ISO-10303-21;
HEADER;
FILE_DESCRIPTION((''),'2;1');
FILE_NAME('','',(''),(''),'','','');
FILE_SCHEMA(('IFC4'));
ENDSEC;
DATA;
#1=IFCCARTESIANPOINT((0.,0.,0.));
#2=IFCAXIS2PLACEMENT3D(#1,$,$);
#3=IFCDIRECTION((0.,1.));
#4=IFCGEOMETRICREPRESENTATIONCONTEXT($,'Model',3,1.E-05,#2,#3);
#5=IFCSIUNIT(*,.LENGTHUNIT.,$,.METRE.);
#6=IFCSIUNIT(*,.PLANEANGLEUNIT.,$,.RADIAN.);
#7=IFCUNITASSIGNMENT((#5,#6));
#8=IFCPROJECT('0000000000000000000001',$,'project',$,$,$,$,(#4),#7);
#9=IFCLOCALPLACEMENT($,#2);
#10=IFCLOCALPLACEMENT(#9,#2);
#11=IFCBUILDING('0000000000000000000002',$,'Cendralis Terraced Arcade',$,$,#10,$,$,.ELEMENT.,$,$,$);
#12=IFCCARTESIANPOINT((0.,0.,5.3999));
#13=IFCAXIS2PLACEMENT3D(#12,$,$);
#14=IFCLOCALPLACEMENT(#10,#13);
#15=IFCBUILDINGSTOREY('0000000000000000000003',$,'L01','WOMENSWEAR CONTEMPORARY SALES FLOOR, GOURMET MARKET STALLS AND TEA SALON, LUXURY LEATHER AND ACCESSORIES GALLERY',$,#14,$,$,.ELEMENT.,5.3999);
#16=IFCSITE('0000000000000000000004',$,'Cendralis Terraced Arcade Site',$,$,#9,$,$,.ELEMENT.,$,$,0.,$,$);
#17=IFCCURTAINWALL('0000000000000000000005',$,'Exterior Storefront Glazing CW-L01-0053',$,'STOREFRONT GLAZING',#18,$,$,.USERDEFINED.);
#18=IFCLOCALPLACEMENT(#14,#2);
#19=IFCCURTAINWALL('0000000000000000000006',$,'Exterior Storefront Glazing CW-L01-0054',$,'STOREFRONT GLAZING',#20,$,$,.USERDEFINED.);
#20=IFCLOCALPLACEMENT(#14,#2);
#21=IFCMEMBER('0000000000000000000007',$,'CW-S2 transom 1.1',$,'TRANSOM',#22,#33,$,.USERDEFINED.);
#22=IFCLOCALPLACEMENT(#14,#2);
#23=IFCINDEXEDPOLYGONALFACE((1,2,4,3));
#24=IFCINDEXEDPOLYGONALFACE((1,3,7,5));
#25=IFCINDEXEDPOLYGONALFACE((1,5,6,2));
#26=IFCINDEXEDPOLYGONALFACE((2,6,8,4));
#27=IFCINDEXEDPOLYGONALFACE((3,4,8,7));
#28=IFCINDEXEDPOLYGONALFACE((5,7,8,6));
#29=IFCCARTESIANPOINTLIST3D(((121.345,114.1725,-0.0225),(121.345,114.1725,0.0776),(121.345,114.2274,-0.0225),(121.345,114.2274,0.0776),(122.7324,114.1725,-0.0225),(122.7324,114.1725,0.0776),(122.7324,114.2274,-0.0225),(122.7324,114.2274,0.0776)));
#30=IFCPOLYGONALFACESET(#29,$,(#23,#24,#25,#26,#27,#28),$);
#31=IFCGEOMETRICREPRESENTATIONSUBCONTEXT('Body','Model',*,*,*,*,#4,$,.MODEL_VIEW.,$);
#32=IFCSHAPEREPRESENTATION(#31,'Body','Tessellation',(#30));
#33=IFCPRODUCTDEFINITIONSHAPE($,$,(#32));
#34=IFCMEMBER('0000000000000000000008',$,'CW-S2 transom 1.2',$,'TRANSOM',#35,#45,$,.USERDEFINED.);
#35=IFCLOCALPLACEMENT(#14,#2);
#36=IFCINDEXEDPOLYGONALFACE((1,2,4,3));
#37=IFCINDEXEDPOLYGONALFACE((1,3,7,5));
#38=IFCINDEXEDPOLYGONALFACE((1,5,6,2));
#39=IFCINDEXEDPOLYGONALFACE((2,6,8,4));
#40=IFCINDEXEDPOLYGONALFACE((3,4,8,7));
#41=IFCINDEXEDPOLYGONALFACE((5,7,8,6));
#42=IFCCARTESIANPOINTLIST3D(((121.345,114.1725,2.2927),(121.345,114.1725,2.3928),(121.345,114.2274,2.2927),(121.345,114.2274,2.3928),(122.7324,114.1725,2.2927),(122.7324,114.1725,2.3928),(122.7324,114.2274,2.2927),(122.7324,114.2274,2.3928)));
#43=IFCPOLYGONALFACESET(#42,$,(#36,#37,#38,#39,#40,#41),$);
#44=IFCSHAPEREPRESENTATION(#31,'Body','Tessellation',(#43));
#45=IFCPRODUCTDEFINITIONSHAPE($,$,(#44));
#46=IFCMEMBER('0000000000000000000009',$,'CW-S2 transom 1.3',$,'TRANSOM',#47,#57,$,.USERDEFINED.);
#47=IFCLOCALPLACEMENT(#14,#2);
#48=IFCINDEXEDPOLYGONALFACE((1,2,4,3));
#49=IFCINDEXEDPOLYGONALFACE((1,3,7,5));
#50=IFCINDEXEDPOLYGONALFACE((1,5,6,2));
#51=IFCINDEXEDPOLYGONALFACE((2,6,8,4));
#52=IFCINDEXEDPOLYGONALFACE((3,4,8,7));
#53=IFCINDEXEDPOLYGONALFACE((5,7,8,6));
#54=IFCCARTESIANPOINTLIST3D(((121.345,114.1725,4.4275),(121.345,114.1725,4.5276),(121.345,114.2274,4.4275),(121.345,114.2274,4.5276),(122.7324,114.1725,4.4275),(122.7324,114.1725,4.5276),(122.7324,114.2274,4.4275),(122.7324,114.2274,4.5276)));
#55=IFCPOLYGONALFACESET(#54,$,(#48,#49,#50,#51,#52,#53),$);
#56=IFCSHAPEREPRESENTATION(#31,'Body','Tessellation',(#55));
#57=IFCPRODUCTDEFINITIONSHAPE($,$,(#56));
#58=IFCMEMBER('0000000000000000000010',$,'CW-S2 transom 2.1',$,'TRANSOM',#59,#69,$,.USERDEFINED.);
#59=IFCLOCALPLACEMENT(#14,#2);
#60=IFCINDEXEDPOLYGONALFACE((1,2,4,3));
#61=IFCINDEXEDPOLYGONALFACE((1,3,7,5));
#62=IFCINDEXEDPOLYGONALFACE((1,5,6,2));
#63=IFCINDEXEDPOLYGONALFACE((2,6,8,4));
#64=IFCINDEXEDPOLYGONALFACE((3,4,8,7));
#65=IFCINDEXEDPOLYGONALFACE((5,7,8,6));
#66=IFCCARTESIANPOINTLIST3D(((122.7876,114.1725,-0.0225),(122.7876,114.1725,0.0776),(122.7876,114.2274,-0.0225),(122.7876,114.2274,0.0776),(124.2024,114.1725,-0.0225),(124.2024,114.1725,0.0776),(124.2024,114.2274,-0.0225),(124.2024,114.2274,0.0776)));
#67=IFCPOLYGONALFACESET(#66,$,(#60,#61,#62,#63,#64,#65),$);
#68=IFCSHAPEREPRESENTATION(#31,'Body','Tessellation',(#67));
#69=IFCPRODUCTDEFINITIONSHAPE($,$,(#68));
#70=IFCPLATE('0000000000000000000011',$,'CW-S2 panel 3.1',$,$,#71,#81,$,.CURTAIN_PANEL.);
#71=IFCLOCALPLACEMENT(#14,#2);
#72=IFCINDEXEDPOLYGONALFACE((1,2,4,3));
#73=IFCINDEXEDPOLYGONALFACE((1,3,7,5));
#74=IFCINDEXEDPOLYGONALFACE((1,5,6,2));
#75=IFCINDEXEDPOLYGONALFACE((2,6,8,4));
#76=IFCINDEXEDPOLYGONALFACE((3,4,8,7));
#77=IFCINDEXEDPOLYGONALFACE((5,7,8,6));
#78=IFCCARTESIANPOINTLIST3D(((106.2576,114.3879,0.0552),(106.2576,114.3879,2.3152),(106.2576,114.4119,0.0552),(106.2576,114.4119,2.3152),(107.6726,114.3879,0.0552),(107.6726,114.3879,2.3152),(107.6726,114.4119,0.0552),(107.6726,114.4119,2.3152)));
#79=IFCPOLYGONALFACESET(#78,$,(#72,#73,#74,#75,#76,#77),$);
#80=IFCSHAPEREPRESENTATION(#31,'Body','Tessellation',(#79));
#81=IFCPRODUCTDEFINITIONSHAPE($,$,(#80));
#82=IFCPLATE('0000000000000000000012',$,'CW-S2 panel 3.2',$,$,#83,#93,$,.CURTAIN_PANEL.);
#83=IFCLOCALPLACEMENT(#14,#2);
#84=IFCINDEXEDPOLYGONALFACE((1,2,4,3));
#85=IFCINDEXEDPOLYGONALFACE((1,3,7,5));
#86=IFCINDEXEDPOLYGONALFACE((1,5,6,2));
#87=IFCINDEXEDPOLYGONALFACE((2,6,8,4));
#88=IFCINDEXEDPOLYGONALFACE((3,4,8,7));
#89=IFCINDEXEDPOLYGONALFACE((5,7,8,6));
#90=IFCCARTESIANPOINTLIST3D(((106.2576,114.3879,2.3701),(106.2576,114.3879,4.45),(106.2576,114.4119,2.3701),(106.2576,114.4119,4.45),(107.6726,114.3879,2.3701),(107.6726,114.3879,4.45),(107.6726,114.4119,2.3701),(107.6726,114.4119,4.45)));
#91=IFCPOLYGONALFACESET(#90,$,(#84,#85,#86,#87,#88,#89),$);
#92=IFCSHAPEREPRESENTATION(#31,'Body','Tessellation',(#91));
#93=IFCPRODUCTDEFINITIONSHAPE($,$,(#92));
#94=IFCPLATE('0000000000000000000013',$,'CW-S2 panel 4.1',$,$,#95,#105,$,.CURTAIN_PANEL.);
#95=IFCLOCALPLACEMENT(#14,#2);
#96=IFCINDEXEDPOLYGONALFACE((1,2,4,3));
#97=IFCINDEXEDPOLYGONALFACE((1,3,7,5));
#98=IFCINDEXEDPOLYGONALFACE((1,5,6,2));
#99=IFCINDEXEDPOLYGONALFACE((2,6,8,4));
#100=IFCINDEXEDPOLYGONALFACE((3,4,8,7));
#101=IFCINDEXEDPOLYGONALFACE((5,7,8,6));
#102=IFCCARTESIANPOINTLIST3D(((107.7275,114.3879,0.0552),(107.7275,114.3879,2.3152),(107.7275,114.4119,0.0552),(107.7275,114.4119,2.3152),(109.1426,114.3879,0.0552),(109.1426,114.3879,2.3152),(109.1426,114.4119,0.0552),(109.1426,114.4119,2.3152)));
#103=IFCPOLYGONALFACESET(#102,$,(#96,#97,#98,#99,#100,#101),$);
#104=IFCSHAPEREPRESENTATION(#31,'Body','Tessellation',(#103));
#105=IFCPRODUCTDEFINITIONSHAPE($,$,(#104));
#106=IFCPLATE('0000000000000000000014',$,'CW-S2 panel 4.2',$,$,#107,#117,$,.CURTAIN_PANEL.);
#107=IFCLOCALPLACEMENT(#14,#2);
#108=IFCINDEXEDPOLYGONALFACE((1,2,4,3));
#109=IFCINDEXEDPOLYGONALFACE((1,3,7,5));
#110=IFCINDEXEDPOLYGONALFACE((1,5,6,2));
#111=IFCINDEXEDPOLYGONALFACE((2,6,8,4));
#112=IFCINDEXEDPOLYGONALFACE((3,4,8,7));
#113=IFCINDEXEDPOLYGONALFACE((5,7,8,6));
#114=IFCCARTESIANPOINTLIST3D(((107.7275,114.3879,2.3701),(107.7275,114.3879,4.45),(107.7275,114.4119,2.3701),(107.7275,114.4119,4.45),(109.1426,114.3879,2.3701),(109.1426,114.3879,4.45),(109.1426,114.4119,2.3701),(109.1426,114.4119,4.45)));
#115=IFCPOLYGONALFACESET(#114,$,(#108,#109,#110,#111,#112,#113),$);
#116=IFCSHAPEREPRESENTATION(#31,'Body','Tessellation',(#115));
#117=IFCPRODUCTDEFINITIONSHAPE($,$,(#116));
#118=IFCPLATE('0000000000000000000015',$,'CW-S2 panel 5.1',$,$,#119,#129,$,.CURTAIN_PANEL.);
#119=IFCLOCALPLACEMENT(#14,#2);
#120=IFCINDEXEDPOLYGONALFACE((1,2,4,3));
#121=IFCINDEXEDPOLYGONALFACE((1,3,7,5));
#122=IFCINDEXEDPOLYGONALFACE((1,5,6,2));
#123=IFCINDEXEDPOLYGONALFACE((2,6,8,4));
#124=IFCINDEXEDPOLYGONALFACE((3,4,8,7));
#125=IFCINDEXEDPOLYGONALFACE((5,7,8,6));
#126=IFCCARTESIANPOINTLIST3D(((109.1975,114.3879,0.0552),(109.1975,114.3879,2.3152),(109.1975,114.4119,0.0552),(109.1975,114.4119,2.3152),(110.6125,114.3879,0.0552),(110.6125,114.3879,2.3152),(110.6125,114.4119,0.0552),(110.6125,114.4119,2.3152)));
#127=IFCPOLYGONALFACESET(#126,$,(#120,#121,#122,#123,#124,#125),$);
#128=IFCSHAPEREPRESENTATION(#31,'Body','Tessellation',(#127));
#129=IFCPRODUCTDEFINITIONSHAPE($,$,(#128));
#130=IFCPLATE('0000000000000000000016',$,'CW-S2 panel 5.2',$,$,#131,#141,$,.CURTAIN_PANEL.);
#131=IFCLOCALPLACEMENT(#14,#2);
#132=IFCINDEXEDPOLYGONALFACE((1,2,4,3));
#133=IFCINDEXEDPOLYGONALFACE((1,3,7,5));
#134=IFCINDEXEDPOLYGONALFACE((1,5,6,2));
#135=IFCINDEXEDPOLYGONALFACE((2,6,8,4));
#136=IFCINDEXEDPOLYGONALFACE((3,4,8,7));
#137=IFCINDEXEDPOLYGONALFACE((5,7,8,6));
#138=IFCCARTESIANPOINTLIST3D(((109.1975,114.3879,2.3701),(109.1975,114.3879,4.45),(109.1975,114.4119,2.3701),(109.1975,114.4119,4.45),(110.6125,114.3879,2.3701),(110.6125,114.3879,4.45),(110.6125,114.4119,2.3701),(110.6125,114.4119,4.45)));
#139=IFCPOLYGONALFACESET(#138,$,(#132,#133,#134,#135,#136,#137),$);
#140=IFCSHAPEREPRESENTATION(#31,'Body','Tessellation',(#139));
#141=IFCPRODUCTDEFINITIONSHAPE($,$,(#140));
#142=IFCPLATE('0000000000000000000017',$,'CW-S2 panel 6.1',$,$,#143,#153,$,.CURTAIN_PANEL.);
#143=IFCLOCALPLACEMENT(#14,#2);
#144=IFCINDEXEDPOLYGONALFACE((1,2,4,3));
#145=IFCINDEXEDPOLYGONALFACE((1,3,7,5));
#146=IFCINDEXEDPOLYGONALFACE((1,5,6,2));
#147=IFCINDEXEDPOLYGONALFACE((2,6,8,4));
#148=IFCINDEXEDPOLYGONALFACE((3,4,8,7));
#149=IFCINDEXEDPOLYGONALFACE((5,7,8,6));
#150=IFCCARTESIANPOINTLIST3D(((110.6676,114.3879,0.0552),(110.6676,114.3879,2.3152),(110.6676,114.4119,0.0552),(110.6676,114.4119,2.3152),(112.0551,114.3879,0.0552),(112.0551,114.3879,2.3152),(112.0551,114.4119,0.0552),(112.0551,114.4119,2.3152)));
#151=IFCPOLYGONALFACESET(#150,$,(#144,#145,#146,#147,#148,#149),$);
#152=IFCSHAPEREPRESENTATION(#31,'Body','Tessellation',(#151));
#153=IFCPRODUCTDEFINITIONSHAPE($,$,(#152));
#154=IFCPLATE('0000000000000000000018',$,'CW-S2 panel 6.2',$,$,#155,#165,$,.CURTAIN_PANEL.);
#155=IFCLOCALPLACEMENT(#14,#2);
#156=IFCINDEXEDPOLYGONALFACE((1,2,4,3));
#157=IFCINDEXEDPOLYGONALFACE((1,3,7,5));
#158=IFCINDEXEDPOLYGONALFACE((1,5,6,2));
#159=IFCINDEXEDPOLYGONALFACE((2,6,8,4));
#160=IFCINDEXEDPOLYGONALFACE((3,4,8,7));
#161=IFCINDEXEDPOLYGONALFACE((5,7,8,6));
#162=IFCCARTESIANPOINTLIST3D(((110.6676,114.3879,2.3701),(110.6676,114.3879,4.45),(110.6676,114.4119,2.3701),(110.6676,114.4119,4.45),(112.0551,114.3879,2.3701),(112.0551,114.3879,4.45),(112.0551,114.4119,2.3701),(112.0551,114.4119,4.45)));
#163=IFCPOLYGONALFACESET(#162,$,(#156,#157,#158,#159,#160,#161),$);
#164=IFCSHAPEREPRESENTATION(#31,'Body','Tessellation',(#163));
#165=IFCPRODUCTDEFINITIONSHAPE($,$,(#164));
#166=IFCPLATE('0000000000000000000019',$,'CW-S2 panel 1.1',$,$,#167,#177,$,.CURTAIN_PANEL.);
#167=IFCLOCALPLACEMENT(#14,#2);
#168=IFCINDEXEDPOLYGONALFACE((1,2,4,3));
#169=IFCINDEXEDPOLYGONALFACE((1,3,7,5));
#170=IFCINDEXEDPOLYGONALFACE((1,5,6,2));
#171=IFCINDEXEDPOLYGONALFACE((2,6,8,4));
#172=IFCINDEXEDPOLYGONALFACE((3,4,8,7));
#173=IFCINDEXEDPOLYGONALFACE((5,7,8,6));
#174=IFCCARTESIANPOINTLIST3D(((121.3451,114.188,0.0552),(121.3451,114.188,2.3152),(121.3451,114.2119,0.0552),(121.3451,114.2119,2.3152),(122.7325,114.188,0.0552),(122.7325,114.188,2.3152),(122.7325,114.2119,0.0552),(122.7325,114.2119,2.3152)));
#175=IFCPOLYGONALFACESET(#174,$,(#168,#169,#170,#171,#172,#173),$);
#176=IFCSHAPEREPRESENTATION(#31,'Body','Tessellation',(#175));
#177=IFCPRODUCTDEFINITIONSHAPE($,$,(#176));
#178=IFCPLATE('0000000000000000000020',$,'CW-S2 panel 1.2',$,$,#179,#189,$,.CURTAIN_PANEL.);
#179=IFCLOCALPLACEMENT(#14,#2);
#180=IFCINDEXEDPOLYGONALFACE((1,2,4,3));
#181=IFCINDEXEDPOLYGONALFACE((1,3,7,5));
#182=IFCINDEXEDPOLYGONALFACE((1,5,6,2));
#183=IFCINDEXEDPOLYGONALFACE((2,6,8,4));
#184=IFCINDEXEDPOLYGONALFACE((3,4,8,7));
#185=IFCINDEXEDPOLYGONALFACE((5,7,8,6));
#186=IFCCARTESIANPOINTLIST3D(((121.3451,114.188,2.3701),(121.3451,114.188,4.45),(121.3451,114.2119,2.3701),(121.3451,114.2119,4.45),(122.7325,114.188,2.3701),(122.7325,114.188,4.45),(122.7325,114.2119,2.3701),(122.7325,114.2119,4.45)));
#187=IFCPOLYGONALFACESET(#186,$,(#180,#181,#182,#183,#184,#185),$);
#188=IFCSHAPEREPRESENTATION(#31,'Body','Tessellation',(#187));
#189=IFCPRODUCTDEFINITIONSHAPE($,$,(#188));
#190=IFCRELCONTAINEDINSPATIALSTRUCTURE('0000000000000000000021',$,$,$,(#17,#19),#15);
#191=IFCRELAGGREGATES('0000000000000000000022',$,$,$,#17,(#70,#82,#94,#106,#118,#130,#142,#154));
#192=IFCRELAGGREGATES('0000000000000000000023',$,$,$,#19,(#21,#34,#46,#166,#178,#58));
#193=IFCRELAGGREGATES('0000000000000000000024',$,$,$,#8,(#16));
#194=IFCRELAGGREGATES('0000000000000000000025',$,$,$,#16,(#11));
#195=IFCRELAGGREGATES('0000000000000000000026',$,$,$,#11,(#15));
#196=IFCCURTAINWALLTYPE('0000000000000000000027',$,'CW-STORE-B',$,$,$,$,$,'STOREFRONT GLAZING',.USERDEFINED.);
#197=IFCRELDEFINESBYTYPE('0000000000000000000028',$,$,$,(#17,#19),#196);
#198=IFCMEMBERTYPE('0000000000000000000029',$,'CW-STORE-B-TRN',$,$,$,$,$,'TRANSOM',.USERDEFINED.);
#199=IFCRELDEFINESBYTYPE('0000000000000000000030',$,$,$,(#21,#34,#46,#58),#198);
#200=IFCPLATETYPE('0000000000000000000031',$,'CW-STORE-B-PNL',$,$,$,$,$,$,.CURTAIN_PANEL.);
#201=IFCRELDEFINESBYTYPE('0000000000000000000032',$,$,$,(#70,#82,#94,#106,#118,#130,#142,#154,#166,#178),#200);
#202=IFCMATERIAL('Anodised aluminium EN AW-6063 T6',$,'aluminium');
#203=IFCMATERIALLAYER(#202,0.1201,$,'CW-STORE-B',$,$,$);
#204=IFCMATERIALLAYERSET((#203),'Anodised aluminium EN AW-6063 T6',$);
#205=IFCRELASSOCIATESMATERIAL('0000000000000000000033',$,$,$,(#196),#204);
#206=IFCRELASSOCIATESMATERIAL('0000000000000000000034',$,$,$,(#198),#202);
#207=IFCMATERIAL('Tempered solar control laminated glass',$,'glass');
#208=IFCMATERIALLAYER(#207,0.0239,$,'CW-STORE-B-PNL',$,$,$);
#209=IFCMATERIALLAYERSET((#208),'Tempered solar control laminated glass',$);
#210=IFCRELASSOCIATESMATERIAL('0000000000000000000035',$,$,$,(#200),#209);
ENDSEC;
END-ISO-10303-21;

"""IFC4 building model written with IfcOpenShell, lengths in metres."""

from ifc_helpers import new_model, si_unit, direction, frame, origin, origin_2d, place, context, subcontext, project, spatial, rectangle, extrude, material, layer, layer_set, material_profile, profile_set, type_object, element, aggregate, save


model = new_model("IFC4")

# Units and contexts
model_context = context("Model", 3, precision=1e-05, world=origin(), true_north=direction((0.0, 1.0)))
body_context = subcontext(model_context, "Body", "Model", "MODEL_VIEW")
ifc_project = project(units=[si_unit("LENGTHUNIT", "METRE"), si_unit("PLANEANGLEUNIT", "RADIAN")], contexts=[model_context])

# Site, building, storey
site_placement = place(None, origin())
site = spatial("IfcSite", under=ifc_project, at=site_placement, Name="Cendralis Terraced Arcade Site", CompositionType="ELEMENT", RefElevation=0.0)
building_placement = place(site_placement, origin())
building = spatial("IfcBuilding", under=site, at=building_placement, Name="Cendralis Terraced Arcade", CompositionType="ELEMENT")
storey_placement = place(building_placement, frame((0.0, 0.0, 5.3999)))
storey = spatial("IfcBuildingStorey", under=building, at=storey_placement, Name="L01", Description="WOMENSWEAR CONTEMPORARY SALES FLOOR, GOURMET MARKET STALLS AND TEA SALON, LUXURY LEATHER AND ACCESSORIES GALLERY", CompositionType="ELEMENT", Elevation=5.3999)

# Curtain walls
ifc_material_1 = material(Name="Anodised aluminium EN AW-6063 T6", Category="aluminium")
ifc_layer_1 = layer(ifc_material_1, 0.1201, Name="CW-STORE-B")
ifc_layer_set_1 = layer_set([ifc_layer_1], Name="Anodised aluminium EN AW-6063 T6")
curtain_wall_type = type_object("IfcCurtainWallType", Name="CW-STORE-B", ElementType="STOREFRONT GLAZING", PredefinedType="USERDEFINED", material=ifc_layer_set_1)
curtain_wall_1_placement = place(storey_placement, origin())
curtain_wall_1 = element("IfcCurtainWall", 1, at=curtain_wall_1_placement, inside=storey, type_object=curtain_wall_type, Name="Exterior Storefront Glazing CW-L01-0053", ObjectType="STOREFRONT GLAZING", PredefinedType="USERDEFINED")
curtain_wall_2_placement = place(storey_placement, origin())
curtain_wall_2 = element("IfcCurtainWall", 2, at=curtain_wall_2_placement, inside=storey, type_object=curtain_wall_type, Name="Exterior Storefront Glazing CW-L01-0054", ObjectType="STOREFRONT GLAZING", PredefinedType="USERDEFINED")

# Members
ifc_material_profile_1 = material_profile(ifc_material_1, rectangle(XDim=0.0549, YDim=0.1001, at=origin_2d()), Name="ALU-TRN-55x100")
ifc_profile_set_1 = profile_set([ifc_material_profile_1], Name="Anodised aluminium EN AW-6063 T6")
member_type_1 = type_object("IfcMemberType", Name="CW-STORE-B-TRN", ElementType="TRANSOM", PredefinedType="USERDEFINED", material=ifc_profile_set_1)
member_1_placement = place(storey_placement, frame((121.345, 114.2, 0.0276), z_axis=(1.0, 0.0, 0.0), x_axis=(0.0, 1.0, 0.0)))
member_1 = element("IfcMember", 3, at=member_1_placement, type_object=member_type_1, Name="CW-S2 transom 1.1", ObjectType="TRANSOM", PredefinedType="USERDEFINED", context=body_context, shape_type="SweptSolid", body=[
    extrude(rectangle(XDim=0.0549, YDim=0.1001, at=origin_2d()), origin(), (0.0, 0.0, 1.0), 1.3875),
])
member_2_placement = place(storey_placement, frame((121.345, 114.2, 2.3428), z_axis=(1.0, 0.0, 0.0), x_axis=(0.0, 1.0, 0.0)))
member_2 = element("IfcMember", 4, at=member_2_placement, type_object=member_type_1, Name="CW-S2 transom 1.2", ObjectType="TRANSOM", PredefinedType="USERDEFINED", context=body_context, shape_type="SweptSolid", body=[
    extrude(rectangle(XDim=0.0549, YDim=0.1001, at=origin_2d()), origin(), (0.0, 0.0, 1.0), 1.3875),
])
member_3_placement = place(storey_placement, frame((121.345, 114.2, 4.4775), z_axis=(1.0, 0.0, 0.0), x_axis=(0.0, 1.0, 0.0)))
member_3 = element("IfcMember", 5, at=member_3_placement, type_object=member_type_1, Name="CW-S2 transom 1.3", ObjectType="TRANSOM", PredefinedType="USERDEFINED", context=body_context, shape_type="SweptSolid", body=[
    extrude(rectangle(XDim=0.0549, YDim=0.1001, at=origin_2d()), origin(), (0.0, 0.0, 1.0), 1.3875),
])
member_4_placement = place(storey_placement, frame((122.7876, 114.2, 0.0276), z_axis=(1.0, 0.0, 0.0), x_axis=(0.0, 1.0, 0.0)))
member_4 = element("IfcMember", 6, at=member_4_placement, type_object=member_type_1, Name="CW-S2 transom 2.1", ObjectType="TRANSOM", PredefinedType="USERDEFINED", context=body_context, shape_type="SweptSolid", body=[
    extrude(rectangle(XDim=0.0549, YDim=0.1001, at=origin_2d()), origin(), (0.0, 0.0, 1.0), 1.4148),
])

# Plates
ifc_material_2 = material(Name="Tempered solar control laminated glass", Category="glass")
ifc_layer_2 = layer(ifc_material_2, 0.0239, Name="CW-STORE-B-PNL")
ifc_layer_set_2 = layer_set([ifc_layer_2], Name="Tempered solar control laminated glass")
plate_type = type_object("IfcPlateType", Name="CW-STORE-B-PNL", PredefinedType="CURTAIN_PANEL", material=ifc_layer_set_2)
plate_1_placement = place(storey_placement, frame((106.9651, 114.3999, 0.0552), z_axis=(0.0, 0.0, 1.0), x_axis=(1.0, 0.0, 0.0)))
plate_1 = element("IfcPlate", 7, at=plate_1_placement, type_object=plate_type, Name="CW-S2 panel 3.1", PredefinedType="CURTAIN_PANEL", context=body_context, shape_type="SweptSolid", body=[
    extrude(rectangle(XDim=1.415, YDim=0.0239, at=origin_2d()), origin(), (0.0, 0.0, 1.0), 2.26),
])
plate_2_placement = place(storey_placement, frame((106.9651, 114.3999, 2.3701), z_axis=(0.0, 0.0, 1.0), x_axis=(1.0, 0.0, 0.0)))
plate_2 = element("IfcPlate", 8, at=plate_2_placement, type_object=plate_type, Name="CW-S2 panel 3.2", PredefinedType="CURTAIN_PANEL", context=body_context, shape_type="SweptSolid", body=[
    extrude(rectangle(XDim=1.415, YDim=0.0239, at=origin_2d()), origin(), (0.0, 0.0, 1.0), 2.0798),
])
plate_3_placement = place(storey_placement, frame((108.4351, 114.3999, 0.0552), z_axis=(0.0, 0.0, 1.0), x_axis=(1.0, 0.0, 0.0)))
plate_3 = element("IfcPlate", 9, at=plate_3_placement, type_object=plate_type, Name="CW-S2 panel 4.1", PredefinedType="CURTAIN_PANEL", context=body_context, shape_type="SweptSolid", body=[
    extrude(rectangle(XDim=1.415, YDim=0.0239, at=origin_2d()), origin(), (0.0, 0.0, 1.0), 2.26),
])
plate_4_placement = place(storey_placement, frame((108.4351, 114.3999, 2.3701), z_axis=(0.0, 0.0, 1.0), x_axis=(1.0, 0.0, 0.0)))
plate_4 = element("IfcPlate", 10, at=plate_4_placement, type_object=plate_type, Name="CW-S2 panel 4.2", PredefinedType="CURTAIN_PANEL", context=body_context, shape_type="SweptSolid", body=[
    extrude(rectangle(XDim=1.415, YDim=0.0239, at=origin_2d()), origin(), (0.0, 0.0, 1.0), 2.0798),
])
plate_5_placement = place(storey_placement, frame((109.905, 114.3999, 0.0552), z_axis=(0.0, 0.0, 1.0), x_axis=(1.0, 0.0, 0.0)))
plate_5 = element("IfcPlate", 11, at=plate_5_placement, type_object=plate_type, Name="CW-S2 panel 5.1", PredefinedType="CURTAIN_PANEL", context=body_context, shape_type="SweptSolid", body=[
    extrude(rectangle(XDim=1.415, YDim=0.0239, at=origin_2d()), origin(), (0.0, 0.0, 1.0), 2.26),
])
plate_6_placement = place(storey_placement, frame((109.905, 114.3999, 2.3701), z_axis=(0.0, 0.0, 1.0), x_axis=(1.0, 0.0, 0.0)))
plate_6 = element("IfcPlate", 12, at=plate_6_placement, type_object=plate_type, Name="CW-S2 panel 5.2", PredefinedType="CURTAIN_PANEL", context=body_context, shape_type="SweptSolid", body=[
    extrude(rectangle(XDim=1.415, YDim=0.0239, at=origin_2d()), origin(), (0.0, 0.0, 1.0), 2.0798),
])
plate_7_placement = place(storey_placement, frame((111.3613, 114.3999, 0.0552), z_axis=(0.0, 0.0, 1.0), x_axis=(1.0, 0.0, 0.0)))
plate_7 = element("IfcPlate", 13, at=plate_7_placement, type_object=plate_type, Name="CW-S2 panel 6.1", PredefinedType="CURTAIN_PANEL", context=body_context, shape_type="SweptSolid", body=[
    extrude(rectangle(XDim=1.3875, YDim=0.0239, at=origin_2d()), origin(), (0.0, 0.0, 1.0), 2.26),
])
plate_8_placement = place(storey_placement, frame((111.3613, 114.3999, 2.3701), z_axis=(0.0, 0.0, 1.0), x_axis=(1.0, 0.0, 0.0)))
plate_8 = element("IfcPlate", 14, at=plate_8_placement, type_object=plate_type, Name="CW-S2 panel 6.2", PredefinedType="CURTAIN_PANEL", context=body_context, shape_type="SweptSolid", body=[
    extrude(rectangle(XDim=1.3875, YDim=0.0239, at=origin_2d()), origin(), (0.0, 0.0, 1.0), 2.0798),
])
aggregate(curtain_wall_1, [plate_1, plate_2, plate_3, plate_4, plate_5, plate_6, plate_7, plate_8])
plate_9_placement = place(storey_placement, frame((122.0388, 114.2, 0.0552), z_axis=(0.0, 0.0, 1.0), x_axis=(1.0, 0.0, 0.0)))
plate_9 = element("IfcPlate", 15, at=plate_9_placement, type_object=plate_type, Name="CW-S2 panel 1.1", PredefinedType="CURTAIN_PANEL", context=body_context, shape_type="SweptSolid", body=[
    extrude(rectangle(XDim=1.3875, YDim=0.0239, at=origin_2d()), origin(), (0.0, 0.0, 1.0), 2.26),
])
plate_10_placement = place(storey_placement, frame((122.0388, 114.2, 2.3701), z_axis=(0.0, 0.0, 1.0), x_axis=(1.0, 0.0, 0.0)))
plate_10 = element("IfcPlate", 16, at=plate_10_placement, type_object=plate_type, Name="CW-S2 panel 1.2", PredefinedType="CURTAIN_PANEL", context=body_context, shape_type="SweptSolid", body=[
    extrude(rectangle(XDim=1.3875, YDim=0.0239, at=origin_2d()), origin(), (0.0, 0.0, 1.0), 2.0798),
])
aggregate(curtain_wall_2, [member_1, member_2, member_3, plate_9, plate_10, member_4])

save(model, "model.ifc")
